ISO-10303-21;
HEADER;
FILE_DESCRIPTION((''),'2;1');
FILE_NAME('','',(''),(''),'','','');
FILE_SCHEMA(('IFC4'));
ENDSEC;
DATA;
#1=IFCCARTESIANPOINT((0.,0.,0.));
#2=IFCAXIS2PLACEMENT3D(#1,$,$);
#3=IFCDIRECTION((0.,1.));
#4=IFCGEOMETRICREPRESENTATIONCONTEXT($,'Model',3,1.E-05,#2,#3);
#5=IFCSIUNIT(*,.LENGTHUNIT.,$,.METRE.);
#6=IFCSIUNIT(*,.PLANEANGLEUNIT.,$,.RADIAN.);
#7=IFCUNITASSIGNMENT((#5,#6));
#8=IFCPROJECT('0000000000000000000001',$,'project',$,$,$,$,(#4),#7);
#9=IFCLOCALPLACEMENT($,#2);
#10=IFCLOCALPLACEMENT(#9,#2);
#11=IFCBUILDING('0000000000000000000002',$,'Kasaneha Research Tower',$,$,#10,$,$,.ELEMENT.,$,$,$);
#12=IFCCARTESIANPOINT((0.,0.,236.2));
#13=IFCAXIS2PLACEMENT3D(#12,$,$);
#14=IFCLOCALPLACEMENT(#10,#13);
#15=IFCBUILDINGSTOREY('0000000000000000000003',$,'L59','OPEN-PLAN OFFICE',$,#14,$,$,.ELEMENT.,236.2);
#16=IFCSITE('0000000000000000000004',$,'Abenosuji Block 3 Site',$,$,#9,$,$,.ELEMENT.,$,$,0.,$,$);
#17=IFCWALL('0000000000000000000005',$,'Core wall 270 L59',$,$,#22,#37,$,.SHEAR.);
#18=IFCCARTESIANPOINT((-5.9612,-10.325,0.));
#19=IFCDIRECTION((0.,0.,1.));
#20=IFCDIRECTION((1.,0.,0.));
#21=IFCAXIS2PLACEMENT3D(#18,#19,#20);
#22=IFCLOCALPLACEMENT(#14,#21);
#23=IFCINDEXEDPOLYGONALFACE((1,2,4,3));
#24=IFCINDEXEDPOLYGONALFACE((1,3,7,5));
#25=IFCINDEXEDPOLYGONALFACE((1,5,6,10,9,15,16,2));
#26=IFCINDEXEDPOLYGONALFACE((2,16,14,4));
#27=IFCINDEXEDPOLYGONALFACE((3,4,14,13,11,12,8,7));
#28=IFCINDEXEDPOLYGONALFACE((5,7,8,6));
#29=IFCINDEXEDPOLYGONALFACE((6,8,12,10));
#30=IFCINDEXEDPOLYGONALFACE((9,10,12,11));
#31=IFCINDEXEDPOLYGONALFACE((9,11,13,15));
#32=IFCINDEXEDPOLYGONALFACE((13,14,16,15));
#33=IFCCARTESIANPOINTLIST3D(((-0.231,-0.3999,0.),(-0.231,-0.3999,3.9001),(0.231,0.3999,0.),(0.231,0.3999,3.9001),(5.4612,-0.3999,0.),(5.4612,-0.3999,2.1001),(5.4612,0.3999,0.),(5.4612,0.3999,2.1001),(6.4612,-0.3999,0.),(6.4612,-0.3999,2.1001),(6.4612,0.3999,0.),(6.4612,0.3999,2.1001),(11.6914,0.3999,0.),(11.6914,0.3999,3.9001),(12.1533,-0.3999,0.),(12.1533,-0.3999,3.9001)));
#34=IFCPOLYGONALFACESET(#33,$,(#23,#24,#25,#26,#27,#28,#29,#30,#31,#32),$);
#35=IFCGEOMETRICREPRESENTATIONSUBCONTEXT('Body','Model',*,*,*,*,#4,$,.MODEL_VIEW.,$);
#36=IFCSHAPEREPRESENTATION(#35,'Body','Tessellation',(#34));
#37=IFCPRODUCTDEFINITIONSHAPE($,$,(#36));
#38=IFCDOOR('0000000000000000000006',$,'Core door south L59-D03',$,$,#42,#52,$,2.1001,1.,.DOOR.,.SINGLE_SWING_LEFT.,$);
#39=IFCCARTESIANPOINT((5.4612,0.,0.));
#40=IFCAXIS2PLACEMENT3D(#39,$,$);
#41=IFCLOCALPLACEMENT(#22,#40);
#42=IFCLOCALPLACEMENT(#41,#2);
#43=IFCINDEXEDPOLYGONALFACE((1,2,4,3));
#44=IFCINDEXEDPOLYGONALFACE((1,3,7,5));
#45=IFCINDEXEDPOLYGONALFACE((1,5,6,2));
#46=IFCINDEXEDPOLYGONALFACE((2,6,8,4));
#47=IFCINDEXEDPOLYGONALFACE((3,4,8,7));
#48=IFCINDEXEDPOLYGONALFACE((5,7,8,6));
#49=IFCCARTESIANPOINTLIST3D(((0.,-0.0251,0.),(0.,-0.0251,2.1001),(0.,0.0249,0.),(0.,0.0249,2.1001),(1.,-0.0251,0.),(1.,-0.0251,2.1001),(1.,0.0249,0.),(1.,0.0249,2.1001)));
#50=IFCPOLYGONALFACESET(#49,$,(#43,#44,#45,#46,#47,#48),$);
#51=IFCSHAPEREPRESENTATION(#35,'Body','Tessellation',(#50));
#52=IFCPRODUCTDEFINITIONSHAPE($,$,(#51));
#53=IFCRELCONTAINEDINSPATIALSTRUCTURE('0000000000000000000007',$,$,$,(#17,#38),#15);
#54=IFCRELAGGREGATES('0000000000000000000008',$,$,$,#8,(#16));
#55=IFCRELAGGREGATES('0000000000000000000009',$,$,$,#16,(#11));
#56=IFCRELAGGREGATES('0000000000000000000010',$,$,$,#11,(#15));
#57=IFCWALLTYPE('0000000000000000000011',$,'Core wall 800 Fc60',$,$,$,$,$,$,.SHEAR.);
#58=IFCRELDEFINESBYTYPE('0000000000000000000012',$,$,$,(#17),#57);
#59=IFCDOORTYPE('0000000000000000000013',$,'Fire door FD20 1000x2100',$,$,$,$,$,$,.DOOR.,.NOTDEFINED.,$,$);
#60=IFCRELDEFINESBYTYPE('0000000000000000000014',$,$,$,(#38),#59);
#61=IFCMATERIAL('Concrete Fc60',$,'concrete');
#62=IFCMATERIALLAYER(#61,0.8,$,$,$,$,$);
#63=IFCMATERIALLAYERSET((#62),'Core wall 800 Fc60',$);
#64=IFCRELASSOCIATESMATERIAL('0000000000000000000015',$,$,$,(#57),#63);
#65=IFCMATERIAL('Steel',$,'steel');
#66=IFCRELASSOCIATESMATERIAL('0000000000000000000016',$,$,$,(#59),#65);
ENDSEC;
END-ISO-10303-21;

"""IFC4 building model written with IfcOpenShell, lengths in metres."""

from ifc_helpers import new_model, si_unit, direction, frame, frame_2d, origin, place, context, subcontext, project, spatial, polyline, rectangle, outline, extrude, material, layer, layer_set, type_object, element, fill, save


model = new_model("IFC4")

# Units and contexts
model_context = context("Model", 3, precision=1e-05, world=origin(), true_north=direction((0.0, 1.0)))
body_context = subcontext(model_context, "Body", "Model", "MODEL_VIEW")
ifc_project = project(units=[si_unit("LENGTHUNIT", "METRE"), si_unit("PLANEANGLEUNIT", "RADIAN")], contexts=[model_context])

# Site, building, storey
site_placement = place(None, origin())
site = spatial("IfcSite", under=ifc_project, at=site_placement, Name="Abenosuji Block 3 Site", CompositionType="ELEMENT", RefElevation=0.0)
building_placement = place(site_placement, origin())
building = spatial("IfcBuilding", under=site, at=building_placement, Name="Kasaneha Research Tower", CompositionType="ELEMENT")
storey_placement = place(building_placement, frame((0.0, 0.0, 236.2)))
storey = spatial("IfcBuildingStorey", under=building, at=storey_placement, Name="L59", Description="OPEN-PLAN OFFICE", CompositionType="ELEMENT", Elevation=236.2)

# Wall, opening, door
ifc_material_1 = material(Name="Concrete Fc60", Category="concrete")
ifc_layer_1 = layer(ifc_material_1, 0.8)
ifc_layer_set_1 = layer_set([ifc_layer_1], Name="Core wall 800 Fc60")
wall_type_1 = type_object("IfcWallType", Name="Core wall 800 Fc60", PredefinedType="SHEAR", material=ifc_layer_set_1)
wall_1_placement = place(storey_placement, frame((-5.9612, -10.325, 0.0), z_axis=(0.0, 0.0, 1.0), x_axis=(1.0, 0.0, 0.0)))
wall_1 = element("IfcWall", 1, at=wall_1_placement, inside=storey, type_object=wall_type_1, Name="Core wall 270 L59", PredefinedType="SHEAR", context=body_context, shape_type="SweptSolid", body=[
    extrude(outline(polyline([(-0.231, -0.3999), (5.4612, -0.3999), (6.4612, -0.3999), (12.1533, -0.3999), (11.6914, 0.3999), (6.4612, 0.3999), (5.4612, 0.3999), (0.231, 0.3999), (-0.231, -0.3999)])), origin(), (0.0, 0.0, 1.0), 3.9001),
])
opening_1_placement = place(wall_1_placement, frame((5.4612, 0.0, 0.0)))
opening_1 = element("IfcOpeningElement", 2, at=opening_1_placement, cuts=wall_1, PredefinedType="OPENING", context=body_context, shape_type="SweptSolid", body=[
    extrude(rectangle(XDim=1.0, YDim=2.1001, at=frame_2d((0.5, 1.05))), frame((0.0, 0.4102, 0.0), z_axis=(0.0, -1.0, 0.0), x_axis=(1.0, 0.0, 0.0)), (0.0, 0.0, 1.0), 0.8201),
])
ifc_material_2 = material(Name="Steel", Category="steel")
door_type_1 = type_object("IfcDoorType", Name="Fire door FD20 1000x2100", OperationType="NOTDEFINED", PredefinedType="DOOR", material=ifc_material_2)
door_1_placement = place(opening_1_placement, origin())
door_1 = element("IfcDoor", 3, at=door_1_placement, inside=storey, type_object=door_type_1, Name="Core door south L59-D03", OperationType="SINGLE_SWING_LEFT", OverallHeight=2.1001, OverallWidth=1.0, PredefinedType="DOOR", context=body_context, shape_type="SweptSolid", body=[
    extrude(rectangle(XDim=1.0, YDim=2.1001, at=frame_2d((0.5, 1.05))), frame((0.0, 0.0249, 0.0), z_axis=(0.0, -1.0, 0.0), x_axis=(1.0, 0.0, 0.0)), (0.0, 0.0, 1.0), 0.05),
])
fill(opening_1, door_1)

save(model, "model.ifc")
